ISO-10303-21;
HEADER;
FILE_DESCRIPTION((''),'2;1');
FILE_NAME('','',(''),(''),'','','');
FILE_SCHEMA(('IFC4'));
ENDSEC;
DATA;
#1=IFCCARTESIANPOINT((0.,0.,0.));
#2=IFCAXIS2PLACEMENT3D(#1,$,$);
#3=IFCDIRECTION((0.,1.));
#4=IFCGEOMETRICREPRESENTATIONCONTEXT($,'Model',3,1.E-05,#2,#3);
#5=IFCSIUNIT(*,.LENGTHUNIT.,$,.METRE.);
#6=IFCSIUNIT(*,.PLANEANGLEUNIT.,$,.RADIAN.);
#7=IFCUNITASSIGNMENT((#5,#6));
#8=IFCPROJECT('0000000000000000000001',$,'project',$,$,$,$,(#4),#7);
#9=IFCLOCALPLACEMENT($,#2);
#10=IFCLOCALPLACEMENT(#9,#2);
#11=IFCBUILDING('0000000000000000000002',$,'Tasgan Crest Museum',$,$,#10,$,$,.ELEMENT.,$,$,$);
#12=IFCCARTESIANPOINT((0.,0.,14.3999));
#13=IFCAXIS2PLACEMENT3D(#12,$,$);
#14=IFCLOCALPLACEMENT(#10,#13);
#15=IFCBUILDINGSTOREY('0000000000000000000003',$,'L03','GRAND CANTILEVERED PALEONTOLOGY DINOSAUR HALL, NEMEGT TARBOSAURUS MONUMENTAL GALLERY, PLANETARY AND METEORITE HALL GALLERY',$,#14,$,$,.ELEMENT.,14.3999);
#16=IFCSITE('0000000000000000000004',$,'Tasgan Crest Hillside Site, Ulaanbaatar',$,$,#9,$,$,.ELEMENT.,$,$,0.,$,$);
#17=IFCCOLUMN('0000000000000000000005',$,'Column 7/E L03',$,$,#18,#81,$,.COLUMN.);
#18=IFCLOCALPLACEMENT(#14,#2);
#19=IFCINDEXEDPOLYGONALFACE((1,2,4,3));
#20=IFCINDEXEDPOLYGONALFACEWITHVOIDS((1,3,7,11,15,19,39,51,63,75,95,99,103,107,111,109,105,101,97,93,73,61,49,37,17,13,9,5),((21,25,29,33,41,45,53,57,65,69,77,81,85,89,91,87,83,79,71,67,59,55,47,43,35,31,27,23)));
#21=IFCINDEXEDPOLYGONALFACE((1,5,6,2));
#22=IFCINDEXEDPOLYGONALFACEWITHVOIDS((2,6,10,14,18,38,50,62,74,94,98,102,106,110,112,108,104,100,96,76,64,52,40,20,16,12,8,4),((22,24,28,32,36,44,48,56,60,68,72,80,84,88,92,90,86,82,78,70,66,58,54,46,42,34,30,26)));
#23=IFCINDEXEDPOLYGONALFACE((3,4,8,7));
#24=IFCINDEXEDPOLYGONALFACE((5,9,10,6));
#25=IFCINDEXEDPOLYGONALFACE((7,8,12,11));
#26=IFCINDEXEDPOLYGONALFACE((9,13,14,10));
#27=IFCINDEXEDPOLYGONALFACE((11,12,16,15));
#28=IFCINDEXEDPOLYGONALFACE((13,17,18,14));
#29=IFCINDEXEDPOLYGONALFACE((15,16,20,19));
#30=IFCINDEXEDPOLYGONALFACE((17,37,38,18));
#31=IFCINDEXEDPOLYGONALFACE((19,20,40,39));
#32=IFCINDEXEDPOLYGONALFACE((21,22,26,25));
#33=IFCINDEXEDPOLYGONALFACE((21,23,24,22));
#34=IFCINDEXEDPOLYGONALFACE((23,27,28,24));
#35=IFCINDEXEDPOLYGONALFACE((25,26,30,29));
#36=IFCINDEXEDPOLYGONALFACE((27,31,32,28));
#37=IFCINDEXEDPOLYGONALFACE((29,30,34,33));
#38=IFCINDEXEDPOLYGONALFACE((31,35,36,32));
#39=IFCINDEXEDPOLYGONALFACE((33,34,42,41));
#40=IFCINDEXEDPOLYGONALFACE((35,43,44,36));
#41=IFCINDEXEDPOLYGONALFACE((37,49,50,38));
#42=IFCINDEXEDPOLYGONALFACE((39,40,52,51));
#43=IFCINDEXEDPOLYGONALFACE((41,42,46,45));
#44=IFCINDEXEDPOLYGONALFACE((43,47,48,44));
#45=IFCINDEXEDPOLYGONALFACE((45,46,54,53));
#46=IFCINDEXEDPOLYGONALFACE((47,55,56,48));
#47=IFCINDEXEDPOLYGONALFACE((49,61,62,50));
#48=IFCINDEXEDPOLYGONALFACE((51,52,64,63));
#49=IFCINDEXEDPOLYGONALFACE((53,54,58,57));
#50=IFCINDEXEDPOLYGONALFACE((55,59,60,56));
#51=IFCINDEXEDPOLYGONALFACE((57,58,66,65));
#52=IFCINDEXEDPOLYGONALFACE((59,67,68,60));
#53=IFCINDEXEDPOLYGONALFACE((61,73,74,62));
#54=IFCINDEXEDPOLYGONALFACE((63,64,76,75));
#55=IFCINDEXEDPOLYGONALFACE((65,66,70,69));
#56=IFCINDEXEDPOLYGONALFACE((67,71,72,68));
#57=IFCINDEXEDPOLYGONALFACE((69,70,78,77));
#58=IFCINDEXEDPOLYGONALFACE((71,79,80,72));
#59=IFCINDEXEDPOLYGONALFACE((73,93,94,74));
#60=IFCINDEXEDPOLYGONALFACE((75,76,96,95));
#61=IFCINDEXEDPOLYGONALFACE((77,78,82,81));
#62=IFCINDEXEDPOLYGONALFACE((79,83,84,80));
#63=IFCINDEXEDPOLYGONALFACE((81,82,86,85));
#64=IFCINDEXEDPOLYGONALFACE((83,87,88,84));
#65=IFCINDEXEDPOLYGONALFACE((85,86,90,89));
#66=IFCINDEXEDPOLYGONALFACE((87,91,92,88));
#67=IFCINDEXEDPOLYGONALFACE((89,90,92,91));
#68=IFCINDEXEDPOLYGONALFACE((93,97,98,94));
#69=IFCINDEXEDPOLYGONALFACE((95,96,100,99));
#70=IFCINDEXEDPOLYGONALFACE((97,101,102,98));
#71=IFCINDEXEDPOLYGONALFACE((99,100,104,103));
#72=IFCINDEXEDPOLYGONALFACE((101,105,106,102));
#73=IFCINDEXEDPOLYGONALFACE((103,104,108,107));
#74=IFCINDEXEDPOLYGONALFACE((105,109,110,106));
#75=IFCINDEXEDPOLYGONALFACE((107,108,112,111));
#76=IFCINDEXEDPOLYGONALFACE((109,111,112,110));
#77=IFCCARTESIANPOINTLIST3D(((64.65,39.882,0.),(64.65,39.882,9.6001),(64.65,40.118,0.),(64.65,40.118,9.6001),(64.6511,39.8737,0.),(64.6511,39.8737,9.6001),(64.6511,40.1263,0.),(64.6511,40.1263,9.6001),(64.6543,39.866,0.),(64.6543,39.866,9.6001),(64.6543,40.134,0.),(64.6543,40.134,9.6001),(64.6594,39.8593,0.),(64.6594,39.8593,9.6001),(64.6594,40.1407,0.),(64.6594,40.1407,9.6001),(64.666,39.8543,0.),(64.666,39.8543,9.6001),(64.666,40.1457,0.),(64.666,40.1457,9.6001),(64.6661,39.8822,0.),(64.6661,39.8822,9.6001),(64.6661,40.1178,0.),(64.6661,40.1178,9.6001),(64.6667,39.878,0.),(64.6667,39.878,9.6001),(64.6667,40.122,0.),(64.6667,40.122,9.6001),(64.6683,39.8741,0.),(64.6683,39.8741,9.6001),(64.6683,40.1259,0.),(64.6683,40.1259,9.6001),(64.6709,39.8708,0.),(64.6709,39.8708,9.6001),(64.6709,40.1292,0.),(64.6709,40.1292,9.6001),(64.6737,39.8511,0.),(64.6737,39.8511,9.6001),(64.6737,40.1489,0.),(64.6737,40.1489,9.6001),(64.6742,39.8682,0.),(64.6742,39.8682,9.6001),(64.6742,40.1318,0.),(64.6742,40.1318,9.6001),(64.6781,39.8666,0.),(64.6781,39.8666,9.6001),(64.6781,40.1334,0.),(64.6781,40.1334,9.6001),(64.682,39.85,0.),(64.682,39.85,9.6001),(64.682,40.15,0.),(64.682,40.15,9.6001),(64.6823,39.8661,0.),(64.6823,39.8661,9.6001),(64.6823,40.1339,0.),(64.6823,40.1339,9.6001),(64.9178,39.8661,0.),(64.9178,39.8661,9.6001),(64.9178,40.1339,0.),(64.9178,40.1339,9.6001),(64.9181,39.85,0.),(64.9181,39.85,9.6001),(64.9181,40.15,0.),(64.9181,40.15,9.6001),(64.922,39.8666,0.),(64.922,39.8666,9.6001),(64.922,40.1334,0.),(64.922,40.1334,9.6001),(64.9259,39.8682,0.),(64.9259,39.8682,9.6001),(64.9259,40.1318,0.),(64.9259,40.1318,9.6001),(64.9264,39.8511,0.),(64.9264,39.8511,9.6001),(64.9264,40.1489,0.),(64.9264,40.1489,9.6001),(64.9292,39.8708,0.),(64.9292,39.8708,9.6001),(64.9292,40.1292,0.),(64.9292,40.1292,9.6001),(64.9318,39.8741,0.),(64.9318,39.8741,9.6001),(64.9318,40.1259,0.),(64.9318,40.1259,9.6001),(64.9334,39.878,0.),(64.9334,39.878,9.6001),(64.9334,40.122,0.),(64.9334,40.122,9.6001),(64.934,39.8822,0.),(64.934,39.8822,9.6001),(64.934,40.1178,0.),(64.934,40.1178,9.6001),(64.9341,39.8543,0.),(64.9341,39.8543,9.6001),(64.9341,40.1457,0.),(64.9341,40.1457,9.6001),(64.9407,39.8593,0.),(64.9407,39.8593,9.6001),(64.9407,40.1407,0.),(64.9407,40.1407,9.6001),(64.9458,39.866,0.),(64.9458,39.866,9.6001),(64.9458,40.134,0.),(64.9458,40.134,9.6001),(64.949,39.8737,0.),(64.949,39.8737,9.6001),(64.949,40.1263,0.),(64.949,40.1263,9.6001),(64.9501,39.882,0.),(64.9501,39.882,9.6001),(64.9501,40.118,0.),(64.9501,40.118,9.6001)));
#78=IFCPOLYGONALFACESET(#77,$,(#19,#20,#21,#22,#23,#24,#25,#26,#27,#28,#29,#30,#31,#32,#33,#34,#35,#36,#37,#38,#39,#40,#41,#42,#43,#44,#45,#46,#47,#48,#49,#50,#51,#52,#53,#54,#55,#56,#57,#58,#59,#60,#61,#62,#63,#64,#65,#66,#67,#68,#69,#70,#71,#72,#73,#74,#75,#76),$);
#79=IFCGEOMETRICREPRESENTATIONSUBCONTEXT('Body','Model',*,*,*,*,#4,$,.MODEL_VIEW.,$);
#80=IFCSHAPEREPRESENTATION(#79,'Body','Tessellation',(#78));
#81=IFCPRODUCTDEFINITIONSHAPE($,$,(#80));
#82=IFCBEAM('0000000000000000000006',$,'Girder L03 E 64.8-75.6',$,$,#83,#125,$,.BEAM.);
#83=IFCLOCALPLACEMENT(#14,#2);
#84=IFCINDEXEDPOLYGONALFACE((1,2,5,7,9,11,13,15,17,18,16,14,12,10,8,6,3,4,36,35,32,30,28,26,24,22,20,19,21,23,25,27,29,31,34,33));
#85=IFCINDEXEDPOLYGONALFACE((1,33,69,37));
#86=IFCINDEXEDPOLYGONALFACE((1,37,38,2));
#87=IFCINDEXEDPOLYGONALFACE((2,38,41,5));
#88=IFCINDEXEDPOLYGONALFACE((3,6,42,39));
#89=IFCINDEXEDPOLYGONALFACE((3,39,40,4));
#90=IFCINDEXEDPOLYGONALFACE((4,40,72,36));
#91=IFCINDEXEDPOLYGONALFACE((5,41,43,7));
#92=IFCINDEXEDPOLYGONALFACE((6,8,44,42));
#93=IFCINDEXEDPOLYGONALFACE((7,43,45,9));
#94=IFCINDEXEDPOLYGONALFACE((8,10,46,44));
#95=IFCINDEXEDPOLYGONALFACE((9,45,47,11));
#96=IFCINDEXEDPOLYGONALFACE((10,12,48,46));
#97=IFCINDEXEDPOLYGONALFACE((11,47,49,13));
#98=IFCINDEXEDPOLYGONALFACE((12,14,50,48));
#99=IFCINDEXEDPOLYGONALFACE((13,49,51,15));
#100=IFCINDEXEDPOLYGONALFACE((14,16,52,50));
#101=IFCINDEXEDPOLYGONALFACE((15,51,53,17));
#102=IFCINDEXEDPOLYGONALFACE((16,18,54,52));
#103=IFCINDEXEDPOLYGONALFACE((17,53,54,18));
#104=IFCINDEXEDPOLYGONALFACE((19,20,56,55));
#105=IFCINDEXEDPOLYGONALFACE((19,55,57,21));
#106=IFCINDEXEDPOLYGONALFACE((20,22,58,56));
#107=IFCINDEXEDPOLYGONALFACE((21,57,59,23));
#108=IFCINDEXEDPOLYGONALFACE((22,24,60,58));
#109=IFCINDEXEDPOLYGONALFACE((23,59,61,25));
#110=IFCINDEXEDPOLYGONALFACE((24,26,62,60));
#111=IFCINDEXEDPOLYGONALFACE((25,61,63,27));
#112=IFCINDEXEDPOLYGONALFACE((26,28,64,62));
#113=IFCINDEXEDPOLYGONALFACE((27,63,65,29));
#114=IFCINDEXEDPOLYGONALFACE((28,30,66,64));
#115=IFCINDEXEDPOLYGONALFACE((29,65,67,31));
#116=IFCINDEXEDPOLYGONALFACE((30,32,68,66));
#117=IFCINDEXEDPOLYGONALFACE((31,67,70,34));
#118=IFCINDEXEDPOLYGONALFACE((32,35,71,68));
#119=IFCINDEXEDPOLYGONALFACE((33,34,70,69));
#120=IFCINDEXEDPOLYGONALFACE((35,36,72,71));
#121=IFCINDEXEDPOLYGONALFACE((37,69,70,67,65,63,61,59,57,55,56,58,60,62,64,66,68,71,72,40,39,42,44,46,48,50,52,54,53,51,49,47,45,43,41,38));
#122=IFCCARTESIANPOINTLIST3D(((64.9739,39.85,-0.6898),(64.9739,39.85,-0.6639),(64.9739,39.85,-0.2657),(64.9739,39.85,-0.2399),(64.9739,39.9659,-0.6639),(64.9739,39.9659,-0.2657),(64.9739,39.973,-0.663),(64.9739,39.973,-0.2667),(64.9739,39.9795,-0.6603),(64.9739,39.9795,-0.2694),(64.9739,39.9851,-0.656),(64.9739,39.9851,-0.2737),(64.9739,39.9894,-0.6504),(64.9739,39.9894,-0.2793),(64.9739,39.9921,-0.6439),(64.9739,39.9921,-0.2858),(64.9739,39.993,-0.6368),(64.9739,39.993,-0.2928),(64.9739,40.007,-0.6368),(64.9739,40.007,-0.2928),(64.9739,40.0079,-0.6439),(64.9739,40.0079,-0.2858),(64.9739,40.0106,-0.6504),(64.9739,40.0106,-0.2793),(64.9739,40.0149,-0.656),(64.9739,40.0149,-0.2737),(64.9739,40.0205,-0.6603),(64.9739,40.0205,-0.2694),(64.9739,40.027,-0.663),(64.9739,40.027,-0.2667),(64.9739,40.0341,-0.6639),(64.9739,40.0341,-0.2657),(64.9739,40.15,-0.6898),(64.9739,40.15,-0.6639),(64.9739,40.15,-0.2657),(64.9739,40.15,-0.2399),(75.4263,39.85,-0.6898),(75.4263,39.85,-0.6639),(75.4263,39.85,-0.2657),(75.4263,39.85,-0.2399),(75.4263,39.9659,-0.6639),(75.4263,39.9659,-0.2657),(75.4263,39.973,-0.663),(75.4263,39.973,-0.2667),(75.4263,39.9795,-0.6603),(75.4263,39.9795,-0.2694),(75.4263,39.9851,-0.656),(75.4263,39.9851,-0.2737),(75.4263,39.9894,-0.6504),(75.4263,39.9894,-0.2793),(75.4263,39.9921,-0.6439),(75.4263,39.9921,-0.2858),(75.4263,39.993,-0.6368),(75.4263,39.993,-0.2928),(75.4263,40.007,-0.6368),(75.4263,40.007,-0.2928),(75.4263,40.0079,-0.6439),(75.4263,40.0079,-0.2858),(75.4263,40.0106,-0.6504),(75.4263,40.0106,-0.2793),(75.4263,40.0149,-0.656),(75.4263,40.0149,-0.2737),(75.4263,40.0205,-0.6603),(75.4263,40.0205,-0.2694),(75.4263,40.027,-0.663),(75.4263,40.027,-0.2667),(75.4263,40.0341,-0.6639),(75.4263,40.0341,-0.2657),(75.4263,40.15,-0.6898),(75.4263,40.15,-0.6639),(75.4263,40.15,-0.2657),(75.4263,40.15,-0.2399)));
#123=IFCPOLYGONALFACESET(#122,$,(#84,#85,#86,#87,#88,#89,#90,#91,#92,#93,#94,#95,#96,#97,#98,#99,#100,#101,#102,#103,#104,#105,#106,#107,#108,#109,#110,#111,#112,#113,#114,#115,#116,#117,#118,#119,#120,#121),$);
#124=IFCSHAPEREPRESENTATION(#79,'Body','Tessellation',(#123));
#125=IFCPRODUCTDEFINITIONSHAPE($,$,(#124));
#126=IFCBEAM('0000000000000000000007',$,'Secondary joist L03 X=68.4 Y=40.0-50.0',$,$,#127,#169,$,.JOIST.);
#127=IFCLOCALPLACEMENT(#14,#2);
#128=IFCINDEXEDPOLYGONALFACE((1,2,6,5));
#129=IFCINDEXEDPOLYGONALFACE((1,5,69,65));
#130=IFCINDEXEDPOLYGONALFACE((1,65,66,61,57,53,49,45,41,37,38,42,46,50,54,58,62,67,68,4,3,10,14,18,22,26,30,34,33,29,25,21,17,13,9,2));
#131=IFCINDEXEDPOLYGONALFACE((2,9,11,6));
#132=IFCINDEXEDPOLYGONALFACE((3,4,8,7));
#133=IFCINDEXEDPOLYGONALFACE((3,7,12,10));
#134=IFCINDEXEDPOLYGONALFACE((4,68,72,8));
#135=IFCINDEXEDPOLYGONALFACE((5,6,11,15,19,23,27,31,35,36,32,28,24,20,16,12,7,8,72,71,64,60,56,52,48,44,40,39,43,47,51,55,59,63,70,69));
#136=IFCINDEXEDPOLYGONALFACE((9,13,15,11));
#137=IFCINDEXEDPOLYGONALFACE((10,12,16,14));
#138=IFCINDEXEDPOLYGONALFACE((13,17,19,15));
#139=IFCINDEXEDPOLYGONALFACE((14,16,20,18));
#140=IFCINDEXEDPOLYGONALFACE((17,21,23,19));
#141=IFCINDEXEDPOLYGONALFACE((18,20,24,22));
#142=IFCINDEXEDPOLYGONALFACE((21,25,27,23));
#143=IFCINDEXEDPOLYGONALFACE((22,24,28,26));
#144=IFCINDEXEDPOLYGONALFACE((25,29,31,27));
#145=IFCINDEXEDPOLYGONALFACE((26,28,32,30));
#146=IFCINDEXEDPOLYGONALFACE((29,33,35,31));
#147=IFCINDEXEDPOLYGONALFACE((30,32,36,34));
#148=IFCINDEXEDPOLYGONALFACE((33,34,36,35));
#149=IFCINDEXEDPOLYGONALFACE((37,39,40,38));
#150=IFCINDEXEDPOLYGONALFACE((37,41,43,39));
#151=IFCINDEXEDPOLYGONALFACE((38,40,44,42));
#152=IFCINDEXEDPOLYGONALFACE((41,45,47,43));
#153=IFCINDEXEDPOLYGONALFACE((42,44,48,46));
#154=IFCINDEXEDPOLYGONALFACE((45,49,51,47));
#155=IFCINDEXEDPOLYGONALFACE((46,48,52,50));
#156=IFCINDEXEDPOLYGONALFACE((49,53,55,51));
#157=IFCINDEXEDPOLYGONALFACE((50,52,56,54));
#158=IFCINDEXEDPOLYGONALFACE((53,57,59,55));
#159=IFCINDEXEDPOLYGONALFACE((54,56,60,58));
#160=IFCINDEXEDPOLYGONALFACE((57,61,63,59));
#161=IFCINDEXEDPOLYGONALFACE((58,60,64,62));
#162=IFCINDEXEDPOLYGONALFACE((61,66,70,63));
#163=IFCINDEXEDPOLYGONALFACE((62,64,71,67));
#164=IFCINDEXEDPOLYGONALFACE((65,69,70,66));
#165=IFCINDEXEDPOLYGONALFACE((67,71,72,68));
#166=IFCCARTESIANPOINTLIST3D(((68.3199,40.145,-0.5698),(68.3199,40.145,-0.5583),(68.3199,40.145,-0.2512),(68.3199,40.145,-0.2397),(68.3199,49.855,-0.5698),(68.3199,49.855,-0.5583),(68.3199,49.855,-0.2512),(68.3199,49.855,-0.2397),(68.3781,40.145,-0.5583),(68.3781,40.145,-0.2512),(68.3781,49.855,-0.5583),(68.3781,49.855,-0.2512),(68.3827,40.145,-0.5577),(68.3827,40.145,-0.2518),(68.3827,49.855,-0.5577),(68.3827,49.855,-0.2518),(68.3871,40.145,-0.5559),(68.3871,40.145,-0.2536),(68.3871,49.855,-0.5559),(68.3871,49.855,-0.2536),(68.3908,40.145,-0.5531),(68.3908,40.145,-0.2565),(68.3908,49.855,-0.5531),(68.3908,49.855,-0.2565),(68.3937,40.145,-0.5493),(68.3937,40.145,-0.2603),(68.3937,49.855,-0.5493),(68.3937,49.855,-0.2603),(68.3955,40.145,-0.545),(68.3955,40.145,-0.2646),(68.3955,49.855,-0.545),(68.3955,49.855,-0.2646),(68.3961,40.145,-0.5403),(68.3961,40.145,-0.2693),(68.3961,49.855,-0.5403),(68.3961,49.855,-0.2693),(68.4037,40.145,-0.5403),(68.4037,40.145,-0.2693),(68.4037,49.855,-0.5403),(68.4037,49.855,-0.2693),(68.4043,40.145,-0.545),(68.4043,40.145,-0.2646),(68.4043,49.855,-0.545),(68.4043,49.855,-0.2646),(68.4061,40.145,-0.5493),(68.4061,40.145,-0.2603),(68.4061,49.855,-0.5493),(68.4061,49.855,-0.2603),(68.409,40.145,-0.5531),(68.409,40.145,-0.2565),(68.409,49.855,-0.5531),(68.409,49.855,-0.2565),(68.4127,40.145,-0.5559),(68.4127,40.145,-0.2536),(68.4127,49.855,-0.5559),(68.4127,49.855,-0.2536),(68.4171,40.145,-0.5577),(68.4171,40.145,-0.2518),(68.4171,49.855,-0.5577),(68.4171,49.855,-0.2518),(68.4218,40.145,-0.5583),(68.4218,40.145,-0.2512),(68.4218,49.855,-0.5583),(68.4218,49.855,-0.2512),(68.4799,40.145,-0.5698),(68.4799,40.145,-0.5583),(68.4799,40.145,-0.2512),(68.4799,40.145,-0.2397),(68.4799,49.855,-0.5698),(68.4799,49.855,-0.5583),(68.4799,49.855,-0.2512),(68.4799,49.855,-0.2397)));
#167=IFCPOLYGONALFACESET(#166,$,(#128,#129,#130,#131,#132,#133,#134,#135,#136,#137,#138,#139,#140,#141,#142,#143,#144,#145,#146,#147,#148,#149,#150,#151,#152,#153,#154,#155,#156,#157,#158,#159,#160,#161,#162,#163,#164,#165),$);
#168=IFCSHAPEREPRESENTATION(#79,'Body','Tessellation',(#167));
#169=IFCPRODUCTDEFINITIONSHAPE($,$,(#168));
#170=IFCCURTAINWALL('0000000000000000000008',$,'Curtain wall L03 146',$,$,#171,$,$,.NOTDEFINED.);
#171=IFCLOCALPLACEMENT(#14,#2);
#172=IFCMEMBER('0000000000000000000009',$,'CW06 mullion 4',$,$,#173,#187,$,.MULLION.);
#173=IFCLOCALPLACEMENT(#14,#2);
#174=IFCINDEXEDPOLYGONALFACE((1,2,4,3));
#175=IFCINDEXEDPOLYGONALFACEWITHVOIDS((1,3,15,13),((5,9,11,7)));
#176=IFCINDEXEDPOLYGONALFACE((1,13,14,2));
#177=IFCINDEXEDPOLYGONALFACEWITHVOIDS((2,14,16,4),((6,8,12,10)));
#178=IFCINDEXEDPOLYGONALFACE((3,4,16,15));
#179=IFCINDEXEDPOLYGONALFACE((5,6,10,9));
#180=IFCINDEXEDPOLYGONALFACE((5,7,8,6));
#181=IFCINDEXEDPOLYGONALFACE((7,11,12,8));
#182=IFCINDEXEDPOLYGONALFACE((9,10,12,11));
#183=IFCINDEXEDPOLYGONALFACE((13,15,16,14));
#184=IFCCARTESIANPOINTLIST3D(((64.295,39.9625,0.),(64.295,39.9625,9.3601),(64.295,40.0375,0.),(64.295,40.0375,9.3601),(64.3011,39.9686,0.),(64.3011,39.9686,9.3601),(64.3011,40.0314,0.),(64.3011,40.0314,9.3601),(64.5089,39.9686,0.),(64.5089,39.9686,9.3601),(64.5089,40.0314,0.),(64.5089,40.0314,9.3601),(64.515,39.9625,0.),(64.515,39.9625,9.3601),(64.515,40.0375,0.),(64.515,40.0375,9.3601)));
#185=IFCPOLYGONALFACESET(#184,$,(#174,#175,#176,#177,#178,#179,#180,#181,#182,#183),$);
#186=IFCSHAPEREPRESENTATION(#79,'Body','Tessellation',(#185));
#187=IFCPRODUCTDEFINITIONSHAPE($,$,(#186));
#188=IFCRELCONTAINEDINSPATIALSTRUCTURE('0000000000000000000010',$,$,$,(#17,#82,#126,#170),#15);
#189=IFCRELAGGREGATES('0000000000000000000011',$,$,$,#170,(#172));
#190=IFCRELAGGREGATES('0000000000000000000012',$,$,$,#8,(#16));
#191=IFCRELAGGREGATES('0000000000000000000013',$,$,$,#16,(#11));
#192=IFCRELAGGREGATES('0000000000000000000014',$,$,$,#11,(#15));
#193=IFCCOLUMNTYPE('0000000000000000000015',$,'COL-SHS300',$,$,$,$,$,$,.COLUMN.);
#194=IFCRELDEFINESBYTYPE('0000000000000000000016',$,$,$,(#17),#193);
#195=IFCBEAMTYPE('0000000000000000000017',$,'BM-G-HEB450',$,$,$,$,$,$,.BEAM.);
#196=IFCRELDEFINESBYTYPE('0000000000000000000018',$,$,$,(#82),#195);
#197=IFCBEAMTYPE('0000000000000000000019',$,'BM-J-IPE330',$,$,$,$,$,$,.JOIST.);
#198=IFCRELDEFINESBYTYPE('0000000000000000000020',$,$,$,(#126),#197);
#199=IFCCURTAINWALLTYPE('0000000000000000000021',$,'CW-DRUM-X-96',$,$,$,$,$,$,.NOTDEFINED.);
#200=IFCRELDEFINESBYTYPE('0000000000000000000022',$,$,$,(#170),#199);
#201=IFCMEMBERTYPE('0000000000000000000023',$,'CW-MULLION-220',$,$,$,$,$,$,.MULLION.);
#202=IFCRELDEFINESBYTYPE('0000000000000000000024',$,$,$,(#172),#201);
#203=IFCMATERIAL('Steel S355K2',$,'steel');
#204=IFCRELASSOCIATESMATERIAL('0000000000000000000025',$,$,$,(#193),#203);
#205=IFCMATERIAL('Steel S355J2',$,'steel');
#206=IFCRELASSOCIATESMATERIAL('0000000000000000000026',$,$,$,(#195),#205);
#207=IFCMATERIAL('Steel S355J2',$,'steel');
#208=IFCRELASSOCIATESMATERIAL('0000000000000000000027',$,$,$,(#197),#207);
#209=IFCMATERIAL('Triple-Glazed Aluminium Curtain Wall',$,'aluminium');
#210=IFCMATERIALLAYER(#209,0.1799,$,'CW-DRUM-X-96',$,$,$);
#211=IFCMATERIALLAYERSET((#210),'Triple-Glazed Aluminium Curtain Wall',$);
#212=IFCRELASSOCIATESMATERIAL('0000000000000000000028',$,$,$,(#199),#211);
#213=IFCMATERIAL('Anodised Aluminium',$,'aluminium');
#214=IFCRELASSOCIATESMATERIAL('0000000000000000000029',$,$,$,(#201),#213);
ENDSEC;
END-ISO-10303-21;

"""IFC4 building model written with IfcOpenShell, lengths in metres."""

from ifc_helpers import new_model, si_unit, direction, frame, origin, origin_2d, place, context, subcontext, project, spatial, hollow_rectangle, i_section, extrude, material, layer, layer_set, material_profile, profile_set, type_object, element, aggregate, save


model = new_model("IFC4")

# Units and contexts
model_context = context("Model", 3, precision=1e-05, world=origin(), true_north=direction((0.0, 1.0)))
body_context = subcontext(model_context, "Body", "Model", "MODEL_VIEW")
ifc_project = project(units=[si_unit("LENGTHUNIT", "METRE"), si_unit("PLANEANGLEUNIT", "RADIAN")], contexts=[model_context])

# Site, building, storey
site_placement = place(None, origin())
site = spatial("IfcSite", under=ifc_project, at=site_placement, Name="Tasgan Crest Hillside Site, Ulaanbaatar", CompositionType="ELEMENT", RefElevation=0.0)
building_placement = place(site_placement, origin())
building = spatial("IfcBuilding", under=site, at=building_placement, Name="Tasgan Crest Museum", CompositionType="ELEMENT")
storey_placement = place(building_placement, frame((0.0, 0.0, 14.3999)))
storey = spatial("IfcBuildingStorey", under=building, at=storey_placement, Name="L03", Description="GRAND CANTILEVERED PALEONTOLOGY DINOSAUR HALL, NEMEGT TARBOSAURUS MONUMENTAL GALLERY, PLANETARY AND METEORITE HALL GALLERY", CompositionType="ELEMENT", Elevation=14.3999)

# Column
ifc_material_1 = material(Name="Steel S355K2", Category="steel")
ifc_material_profile_1 = material_profile(ifc_material_1, hollow_rectangle(XDim=0.3, YDim=0.3, WallThickness=0.0161, InnerFilletRadius=0.0161, OuterFilletRadius=0.032, at=origin_2d()), Name="SHS 300x300x16")
ifc_profile_set_1 = profile_set([ifc_material_profile_1], Name="Steel S355K2")
column_type = type_object("IfcColumnType", Name="COL-SHS300", PredefinedType="COLUMN", material=ifc_profile_set_1)
column_placement = place(storey_placement, frame((64.8, 40.0, 0.0), z_axis=(0.0, 0.0, 1.0), x_axis=(1.0, 0.0, 0.0)))
element("IfcColumn", 1, at=column_placement, inside=storey, type_object=column_type, Name="Column 7/E L03", PredefinedType="COLUMN", context=body_context, shape_type="SweptSolid", body=[
    extrude(hollow_rectangle(XDim=0.3, YDim=0.3, WallThickness=0.0161, InnerFilletRadius=0.0161, OuterFilletRadius=0.032, at=origin_2d()), origin(), (0.0, 0.0, 1.0), 9.6001),
])

# Beams
ifc_material_2 = material(Name="Steel S355J2", Category="steel")
ifc_material_profile_2 = material_profile(ifc_material_2, i_section(OverallWidth=0.3, OverallDepth=0.45, WebThickness=0.0139, FlangeThickness=0.0259, FilletRadius=0.0271, at=origin_2d()), Name="HEB 450")
ifc_profile_set_2 = profile_set([ifc_material_profile_2], Name="Steel S355J2")
beam_type_1 = type_object("IfcBeamType", Name="BM-G-HEB450", PredefinedType="BEAM", material=ifc_profile_set_2)
beam_1_placement = place(storey_placement, frame((64.9739, 40.0, -0.4648), z_axis=(1.0, 0.0, 0.0), x_axis=(0.0, 1.0, 0.0)))
element("IfcBeam", 2, at=beam_1_placement, inside=storey, type_object=beam_type_1, Name="Girder L03 E 64.8-75.6", PredefinedType="BEAM", context=body_context, shape_type="SweptSolid", body=[
    extrude(i_section(OverallWidth=0.3, OverallDepth=0.45, WebThickness=0.0139, FlangeThickness=0.0259, FilletRadius=0.0271, at=origin_2d()), origin(), (0.0, 0.0, 1.0), 10.4524),
])
ifc_material_3 = material(Name="Steel S355J2", Category="steel")
ifc_material_profile_3 = material_profile(ifc_material_3, i_section(OverallWidth=0.1599, OverallDepth=0.3301, WebThickness=0.0076, FlangeThickness=0.0115, FilletRadius=0.0181, at=origin_2d()), Name="IPE 330")
ifc_profile_set_3 = profile_set([ifc_material_profile_3], Name="Steel S355J2")
beam_type_2 = type_object("IfcBeamType", Name="BM-J-IPE330", PredefinedType="JOIST", material=ifc_profile_set_3)
beam_2_placement = place(storey_placement, frame((68.3999, 40.145, -0.4048), z_axis=(0.0, 1.0, 0.0), x_axis=(-1.0, 0.0, 0.0)))
element("IfcBeam", 3, at=beam_2_placement, inside=storey, type_object=beam_type_2, Name="Secondary joist L03 X=68.4 Y=40.0-50.0", PredefinedType="JOIST", context=body_context, shape_type="SweptSolid", body=[
    extrude(i_section(OverallWidth=0.1599, OverallDepth=0.3301, WebThickness=0.0076, FlangeThickness=0.0115, FilletRadius=0.0181, at=origin_2d()), origin(), (0.0, 0.0, 1.0), 9.71),
])

# Curtain wall, member
ifc_material_4 = material(Name="Triple-Glazed Aluminium Curtain Wall", Category="aluminium")
ifc_layer_1 = layer(ifc_material_4, 0.1799, Name="CW-DRUM-X-96")
ifc_layer_set_1 = layer_set([ifc_layer_1], Name="Triple-Glazed Aluminium Curtain Wall")
curtain_wall_type = type_object("IfcCurtainWallType", Name="CW-DRUM-X-96", PredefinedType="NOTDEFINED", material=ifc_layer_set_1)
curtain_wall_1_placement = place(storey_placement, origin())
curtain_wall_1 = element("IfcCurtainWall", 4, at=curtain_wall_1_placement, inside=storey, type_object=curtain_wall_type, Name="Curtain wall L03 146", PredefinedType="NOTDEFINED")
ifc_material_5 = material(Name="Anodised Aluminium", Category="aluminium")
ifc_material_profile_4 = material_profile(ifc_material_5, hollow_rectangle(XDim=0.075, YDim=0.22, WallThickness=0.0061, at=origin_2d()), Name="ALU MULLION 220x75x6")
ifc_profile_set_4 = profile_set([ifc_material_profile_4], Name="Anodised Aluminium")
member_type_1 = type_object("IfcMemberType", Name="CW-MULLION-220", PredefinedType="MULLION", material=ifc_profile_set_4)
member_1_placement = place(storey_placement, frame((64.405, 40.0, 0.0), z_axis=(0.0, 0.0, 1.0), x_axis=(0.0, 1.0, 0.0)))
member_1 = element("IfcMember", 5, at=member_1_placement, type_object=member_type_1, Name="CW06 mullion 4", PredefinedType="MULLION", context=body_context, shape_type="SweptSolid", body=[
    extrude(hollow_rectangle(XDim=0.075, YDim=0.22, WallThickness=0.0061, at=origin_2d()), origin(), (0.0, 0.0, 1.0), 9.3601),
])
aggregate(curtain_wall_1, [member_1])

save(model, "model.ifc")
